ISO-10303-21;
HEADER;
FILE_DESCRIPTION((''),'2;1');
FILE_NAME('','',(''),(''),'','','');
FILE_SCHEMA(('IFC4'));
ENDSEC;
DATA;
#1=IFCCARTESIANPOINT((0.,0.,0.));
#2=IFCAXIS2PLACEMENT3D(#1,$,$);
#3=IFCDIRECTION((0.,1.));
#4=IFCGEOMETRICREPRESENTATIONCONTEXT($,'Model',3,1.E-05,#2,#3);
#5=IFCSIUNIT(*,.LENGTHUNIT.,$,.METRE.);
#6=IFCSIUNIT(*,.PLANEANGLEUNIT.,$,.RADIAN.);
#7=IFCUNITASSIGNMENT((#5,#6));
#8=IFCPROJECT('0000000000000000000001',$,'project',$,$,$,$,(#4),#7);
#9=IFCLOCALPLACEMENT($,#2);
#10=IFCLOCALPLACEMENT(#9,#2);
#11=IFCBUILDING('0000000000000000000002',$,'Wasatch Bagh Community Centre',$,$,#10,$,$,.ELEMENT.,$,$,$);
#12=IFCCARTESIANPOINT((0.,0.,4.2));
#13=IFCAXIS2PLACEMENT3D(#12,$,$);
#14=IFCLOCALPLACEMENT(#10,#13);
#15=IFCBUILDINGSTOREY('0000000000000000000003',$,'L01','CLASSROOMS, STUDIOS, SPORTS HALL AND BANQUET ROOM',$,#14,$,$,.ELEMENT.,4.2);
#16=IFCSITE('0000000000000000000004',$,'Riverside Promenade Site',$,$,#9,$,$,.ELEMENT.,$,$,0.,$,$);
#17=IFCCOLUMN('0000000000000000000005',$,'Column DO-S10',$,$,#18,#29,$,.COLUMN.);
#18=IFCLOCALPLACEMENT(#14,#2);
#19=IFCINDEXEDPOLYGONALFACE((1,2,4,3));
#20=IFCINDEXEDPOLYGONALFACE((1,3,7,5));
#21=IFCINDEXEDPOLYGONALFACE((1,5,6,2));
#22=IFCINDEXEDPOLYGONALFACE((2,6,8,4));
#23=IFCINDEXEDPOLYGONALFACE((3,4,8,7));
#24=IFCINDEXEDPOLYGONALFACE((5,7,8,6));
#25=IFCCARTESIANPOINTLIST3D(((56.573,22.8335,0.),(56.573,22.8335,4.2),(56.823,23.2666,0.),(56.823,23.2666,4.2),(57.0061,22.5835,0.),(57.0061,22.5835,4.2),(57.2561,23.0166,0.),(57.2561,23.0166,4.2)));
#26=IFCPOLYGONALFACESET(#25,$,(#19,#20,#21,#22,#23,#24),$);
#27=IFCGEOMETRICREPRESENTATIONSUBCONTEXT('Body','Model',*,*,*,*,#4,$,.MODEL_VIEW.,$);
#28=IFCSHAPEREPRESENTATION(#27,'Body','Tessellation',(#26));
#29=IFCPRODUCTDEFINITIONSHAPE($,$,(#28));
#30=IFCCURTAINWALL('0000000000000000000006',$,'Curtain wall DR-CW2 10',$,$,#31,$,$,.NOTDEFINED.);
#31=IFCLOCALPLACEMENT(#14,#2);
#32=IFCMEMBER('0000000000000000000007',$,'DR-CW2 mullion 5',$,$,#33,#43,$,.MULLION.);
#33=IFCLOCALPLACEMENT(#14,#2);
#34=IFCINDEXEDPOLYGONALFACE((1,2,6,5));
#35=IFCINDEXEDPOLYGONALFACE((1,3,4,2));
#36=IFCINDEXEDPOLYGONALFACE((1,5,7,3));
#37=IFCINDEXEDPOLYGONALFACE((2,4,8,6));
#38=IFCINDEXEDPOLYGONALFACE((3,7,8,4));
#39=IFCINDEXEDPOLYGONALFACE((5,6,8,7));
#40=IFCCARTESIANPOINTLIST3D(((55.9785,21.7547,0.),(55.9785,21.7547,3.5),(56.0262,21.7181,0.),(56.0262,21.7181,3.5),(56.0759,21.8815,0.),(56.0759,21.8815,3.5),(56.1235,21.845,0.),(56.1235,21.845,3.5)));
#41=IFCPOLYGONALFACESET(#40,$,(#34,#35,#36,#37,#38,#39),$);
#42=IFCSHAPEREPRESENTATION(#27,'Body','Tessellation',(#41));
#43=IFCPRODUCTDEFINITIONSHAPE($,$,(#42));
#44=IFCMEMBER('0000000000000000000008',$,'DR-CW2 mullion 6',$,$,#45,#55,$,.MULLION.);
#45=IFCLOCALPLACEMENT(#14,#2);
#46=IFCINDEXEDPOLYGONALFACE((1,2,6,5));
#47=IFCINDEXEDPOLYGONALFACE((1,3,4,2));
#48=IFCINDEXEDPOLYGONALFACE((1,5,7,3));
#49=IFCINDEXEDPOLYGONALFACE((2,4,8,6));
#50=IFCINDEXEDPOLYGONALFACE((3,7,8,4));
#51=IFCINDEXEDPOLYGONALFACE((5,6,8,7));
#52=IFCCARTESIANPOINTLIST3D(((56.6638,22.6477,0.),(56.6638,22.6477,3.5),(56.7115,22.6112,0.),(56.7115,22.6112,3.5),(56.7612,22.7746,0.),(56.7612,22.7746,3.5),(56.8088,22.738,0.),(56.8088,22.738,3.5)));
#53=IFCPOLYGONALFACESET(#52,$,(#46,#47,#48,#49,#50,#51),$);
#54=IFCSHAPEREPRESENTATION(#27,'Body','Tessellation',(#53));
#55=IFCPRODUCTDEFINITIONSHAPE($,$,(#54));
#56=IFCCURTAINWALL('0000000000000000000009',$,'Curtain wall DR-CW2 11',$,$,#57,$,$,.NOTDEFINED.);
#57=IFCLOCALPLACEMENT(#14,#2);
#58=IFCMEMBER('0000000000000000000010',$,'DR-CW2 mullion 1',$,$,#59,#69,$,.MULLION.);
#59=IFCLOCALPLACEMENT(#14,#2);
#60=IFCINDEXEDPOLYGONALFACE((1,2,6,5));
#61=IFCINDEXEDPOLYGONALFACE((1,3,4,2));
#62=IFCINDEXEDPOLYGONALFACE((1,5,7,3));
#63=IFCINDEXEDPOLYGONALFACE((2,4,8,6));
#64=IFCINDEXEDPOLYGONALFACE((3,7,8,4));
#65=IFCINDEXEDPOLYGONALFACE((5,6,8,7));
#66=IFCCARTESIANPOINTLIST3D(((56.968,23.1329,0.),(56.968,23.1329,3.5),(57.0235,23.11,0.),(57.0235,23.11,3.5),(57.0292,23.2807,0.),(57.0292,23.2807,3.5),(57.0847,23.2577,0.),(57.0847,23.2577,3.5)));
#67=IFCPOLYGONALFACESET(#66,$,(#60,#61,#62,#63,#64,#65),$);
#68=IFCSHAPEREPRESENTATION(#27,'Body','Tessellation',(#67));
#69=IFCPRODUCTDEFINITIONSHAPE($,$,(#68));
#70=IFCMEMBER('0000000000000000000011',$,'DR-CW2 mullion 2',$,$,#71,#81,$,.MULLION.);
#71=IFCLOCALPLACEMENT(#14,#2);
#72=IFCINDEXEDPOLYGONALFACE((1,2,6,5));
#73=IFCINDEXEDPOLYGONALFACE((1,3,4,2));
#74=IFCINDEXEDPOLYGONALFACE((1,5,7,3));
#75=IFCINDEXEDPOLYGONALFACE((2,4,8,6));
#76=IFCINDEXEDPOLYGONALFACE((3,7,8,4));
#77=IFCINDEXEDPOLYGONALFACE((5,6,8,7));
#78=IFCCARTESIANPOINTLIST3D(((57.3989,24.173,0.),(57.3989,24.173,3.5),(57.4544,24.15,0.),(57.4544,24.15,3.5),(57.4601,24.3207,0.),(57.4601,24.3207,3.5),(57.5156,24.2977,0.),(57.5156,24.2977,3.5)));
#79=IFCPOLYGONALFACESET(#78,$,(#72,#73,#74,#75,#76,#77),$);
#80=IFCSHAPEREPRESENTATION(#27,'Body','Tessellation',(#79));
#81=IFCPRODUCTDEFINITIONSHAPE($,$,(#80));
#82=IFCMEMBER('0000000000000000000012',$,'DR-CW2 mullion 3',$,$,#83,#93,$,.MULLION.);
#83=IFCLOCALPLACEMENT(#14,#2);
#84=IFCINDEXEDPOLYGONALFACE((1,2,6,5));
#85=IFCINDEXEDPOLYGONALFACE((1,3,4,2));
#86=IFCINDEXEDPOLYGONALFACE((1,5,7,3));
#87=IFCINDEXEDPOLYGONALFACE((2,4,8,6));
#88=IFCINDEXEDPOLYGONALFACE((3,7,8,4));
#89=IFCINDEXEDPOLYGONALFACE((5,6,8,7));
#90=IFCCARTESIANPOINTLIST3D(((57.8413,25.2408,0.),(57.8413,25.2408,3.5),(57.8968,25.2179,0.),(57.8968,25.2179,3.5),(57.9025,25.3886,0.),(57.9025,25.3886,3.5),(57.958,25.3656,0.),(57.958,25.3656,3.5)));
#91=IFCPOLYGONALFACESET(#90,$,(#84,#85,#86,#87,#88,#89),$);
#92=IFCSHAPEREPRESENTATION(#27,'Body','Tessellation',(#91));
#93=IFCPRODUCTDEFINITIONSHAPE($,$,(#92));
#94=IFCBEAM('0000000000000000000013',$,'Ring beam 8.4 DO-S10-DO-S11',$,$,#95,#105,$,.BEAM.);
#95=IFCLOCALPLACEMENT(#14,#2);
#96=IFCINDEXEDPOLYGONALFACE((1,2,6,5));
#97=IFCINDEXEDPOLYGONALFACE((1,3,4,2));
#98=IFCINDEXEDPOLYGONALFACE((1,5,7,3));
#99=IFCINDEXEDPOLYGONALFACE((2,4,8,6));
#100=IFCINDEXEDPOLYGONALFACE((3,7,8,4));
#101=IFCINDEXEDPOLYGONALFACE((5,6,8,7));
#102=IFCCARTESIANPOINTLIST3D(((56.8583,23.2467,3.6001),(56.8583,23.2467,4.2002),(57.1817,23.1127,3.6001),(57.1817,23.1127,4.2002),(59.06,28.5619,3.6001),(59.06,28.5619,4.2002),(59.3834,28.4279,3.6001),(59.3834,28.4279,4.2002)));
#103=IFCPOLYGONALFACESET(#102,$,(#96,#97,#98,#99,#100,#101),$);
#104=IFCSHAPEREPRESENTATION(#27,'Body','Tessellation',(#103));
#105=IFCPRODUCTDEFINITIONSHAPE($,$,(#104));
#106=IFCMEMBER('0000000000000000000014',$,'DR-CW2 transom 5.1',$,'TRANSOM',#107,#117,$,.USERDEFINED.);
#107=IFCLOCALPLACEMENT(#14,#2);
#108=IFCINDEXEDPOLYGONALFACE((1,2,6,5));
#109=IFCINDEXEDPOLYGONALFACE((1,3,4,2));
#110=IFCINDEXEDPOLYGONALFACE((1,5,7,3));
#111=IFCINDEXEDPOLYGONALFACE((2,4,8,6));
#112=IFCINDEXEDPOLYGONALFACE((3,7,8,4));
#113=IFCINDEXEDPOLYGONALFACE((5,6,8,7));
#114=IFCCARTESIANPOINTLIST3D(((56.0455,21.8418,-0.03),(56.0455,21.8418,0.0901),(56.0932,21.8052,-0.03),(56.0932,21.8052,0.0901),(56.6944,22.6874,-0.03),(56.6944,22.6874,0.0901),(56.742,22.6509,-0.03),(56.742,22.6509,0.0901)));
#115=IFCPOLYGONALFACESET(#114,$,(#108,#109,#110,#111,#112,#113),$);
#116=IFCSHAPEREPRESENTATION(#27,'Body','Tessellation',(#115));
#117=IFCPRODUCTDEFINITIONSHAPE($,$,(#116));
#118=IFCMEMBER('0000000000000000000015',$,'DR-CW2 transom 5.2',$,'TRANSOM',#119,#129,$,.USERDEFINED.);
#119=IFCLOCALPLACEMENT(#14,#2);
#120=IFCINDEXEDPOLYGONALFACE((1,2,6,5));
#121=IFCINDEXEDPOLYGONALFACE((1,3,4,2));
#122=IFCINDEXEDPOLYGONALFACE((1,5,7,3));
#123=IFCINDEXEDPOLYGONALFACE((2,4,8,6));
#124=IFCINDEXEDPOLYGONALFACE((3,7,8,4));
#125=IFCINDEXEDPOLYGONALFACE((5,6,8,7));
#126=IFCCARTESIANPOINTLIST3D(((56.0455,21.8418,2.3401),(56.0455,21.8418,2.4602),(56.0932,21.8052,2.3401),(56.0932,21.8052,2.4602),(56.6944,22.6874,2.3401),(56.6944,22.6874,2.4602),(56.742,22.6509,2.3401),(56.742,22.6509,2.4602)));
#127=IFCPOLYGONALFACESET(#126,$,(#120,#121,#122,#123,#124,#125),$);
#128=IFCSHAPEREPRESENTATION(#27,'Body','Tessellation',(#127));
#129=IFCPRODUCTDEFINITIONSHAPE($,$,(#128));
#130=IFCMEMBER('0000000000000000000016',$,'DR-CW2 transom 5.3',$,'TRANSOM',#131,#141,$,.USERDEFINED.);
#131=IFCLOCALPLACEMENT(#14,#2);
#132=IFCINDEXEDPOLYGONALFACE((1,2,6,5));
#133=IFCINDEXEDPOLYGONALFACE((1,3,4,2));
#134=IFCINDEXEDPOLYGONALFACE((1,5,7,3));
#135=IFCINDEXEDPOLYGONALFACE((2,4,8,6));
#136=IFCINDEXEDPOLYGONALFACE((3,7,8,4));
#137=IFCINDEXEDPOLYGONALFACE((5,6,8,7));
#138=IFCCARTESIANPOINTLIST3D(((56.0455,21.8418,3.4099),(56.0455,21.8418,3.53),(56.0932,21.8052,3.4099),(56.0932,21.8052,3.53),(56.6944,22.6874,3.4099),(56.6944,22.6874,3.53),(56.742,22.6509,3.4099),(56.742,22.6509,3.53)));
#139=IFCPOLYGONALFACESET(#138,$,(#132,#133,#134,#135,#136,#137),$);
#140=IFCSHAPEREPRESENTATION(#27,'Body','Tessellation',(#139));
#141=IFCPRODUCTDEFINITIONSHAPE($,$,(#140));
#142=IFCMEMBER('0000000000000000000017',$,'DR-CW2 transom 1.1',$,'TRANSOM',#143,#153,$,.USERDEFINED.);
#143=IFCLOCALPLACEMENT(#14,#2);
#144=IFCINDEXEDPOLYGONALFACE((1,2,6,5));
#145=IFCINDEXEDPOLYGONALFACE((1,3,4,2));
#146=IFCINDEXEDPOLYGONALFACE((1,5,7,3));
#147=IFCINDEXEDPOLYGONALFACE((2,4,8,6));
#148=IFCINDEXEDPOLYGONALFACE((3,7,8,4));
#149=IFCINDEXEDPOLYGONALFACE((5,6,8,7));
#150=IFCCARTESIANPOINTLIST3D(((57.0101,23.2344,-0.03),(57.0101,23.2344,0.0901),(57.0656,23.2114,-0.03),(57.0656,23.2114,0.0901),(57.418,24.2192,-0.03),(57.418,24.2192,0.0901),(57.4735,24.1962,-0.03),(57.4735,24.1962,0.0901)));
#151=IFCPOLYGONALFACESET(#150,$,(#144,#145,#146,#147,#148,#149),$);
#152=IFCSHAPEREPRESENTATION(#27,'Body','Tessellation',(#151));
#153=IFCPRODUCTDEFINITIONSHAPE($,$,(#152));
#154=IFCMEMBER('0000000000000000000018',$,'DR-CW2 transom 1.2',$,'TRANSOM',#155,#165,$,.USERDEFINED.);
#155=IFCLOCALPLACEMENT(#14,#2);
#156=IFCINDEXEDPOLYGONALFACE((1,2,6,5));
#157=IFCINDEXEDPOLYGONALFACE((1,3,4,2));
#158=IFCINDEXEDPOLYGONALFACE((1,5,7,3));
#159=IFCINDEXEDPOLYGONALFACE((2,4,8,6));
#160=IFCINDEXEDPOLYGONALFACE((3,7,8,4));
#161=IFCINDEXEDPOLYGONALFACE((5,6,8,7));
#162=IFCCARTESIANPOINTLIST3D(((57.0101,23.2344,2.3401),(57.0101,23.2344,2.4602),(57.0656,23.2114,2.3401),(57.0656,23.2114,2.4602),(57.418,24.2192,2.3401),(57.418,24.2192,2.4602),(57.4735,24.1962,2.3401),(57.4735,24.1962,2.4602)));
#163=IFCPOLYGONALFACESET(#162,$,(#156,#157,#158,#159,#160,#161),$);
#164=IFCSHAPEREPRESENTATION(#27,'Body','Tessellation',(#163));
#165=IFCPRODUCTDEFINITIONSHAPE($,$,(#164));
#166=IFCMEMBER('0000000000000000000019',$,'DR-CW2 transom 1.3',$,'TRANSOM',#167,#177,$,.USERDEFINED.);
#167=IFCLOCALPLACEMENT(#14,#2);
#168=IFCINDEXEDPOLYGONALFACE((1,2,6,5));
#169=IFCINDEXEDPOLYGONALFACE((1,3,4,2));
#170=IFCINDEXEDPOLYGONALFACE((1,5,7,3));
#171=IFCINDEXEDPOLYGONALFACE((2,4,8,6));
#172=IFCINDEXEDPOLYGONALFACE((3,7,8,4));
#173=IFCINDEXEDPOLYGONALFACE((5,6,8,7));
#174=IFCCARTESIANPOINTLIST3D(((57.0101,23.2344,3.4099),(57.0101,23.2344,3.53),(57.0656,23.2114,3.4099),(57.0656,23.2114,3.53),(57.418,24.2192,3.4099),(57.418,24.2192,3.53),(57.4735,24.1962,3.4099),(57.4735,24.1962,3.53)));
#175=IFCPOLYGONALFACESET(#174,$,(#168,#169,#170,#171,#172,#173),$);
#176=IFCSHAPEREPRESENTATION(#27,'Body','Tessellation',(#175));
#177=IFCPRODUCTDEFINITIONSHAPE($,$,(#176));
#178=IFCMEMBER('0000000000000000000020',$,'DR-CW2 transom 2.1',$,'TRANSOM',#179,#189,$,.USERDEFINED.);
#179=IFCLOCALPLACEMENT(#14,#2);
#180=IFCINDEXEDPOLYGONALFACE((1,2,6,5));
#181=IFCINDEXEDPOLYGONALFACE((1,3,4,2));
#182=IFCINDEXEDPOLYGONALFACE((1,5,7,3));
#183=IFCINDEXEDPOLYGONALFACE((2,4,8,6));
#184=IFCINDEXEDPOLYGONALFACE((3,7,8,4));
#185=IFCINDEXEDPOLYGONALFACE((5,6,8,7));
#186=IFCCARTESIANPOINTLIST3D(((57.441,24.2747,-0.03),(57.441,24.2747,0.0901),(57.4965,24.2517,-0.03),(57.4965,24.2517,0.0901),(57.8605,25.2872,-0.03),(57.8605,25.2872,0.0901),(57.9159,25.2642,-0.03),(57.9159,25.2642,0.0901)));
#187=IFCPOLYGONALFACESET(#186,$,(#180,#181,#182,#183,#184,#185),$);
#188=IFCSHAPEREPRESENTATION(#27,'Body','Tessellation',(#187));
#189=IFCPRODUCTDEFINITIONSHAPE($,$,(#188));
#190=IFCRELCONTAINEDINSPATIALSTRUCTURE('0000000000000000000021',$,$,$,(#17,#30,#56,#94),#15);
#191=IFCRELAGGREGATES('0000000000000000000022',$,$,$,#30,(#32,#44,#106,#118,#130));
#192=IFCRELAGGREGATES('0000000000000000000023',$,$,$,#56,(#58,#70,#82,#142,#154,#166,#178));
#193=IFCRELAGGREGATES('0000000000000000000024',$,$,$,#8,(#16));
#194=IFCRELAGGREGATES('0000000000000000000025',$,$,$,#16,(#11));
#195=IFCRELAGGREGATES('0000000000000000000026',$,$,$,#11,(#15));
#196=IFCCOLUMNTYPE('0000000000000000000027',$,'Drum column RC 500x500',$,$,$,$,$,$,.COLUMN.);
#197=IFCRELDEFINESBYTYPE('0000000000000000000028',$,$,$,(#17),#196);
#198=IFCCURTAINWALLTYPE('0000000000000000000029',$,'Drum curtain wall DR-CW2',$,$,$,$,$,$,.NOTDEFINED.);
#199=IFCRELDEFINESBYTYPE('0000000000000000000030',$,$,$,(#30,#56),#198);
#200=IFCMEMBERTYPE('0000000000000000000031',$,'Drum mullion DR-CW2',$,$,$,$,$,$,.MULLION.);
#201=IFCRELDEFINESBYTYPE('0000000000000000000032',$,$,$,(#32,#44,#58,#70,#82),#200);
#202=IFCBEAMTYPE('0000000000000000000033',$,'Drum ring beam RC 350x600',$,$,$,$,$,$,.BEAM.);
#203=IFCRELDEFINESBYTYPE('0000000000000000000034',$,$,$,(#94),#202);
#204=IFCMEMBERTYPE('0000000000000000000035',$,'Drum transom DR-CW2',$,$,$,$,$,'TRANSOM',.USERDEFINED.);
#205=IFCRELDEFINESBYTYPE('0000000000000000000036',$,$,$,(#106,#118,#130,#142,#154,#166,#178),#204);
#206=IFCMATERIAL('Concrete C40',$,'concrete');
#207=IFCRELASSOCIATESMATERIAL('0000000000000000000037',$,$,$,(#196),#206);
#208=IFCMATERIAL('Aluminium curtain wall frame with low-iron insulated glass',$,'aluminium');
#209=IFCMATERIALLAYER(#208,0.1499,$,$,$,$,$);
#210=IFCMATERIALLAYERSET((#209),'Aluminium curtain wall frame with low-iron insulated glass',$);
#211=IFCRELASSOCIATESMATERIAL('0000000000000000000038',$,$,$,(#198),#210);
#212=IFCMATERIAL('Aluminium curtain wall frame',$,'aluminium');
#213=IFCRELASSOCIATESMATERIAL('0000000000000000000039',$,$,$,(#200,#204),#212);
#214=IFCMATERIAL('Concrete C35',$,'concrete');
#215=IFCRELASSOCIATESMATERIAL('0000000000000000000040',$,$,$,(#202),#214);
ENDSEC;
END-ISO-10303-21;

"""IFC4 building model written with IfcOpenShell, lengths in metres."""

from ifc_helpers import new_model, si_unit, direction, frame, origin, origin_2d, place, context, subcontext, project, spatial, rectangle, extrude, material, layer, layer_set, material_profile, profile_set, type_object, element, aggregate, save


model = new_model("IFC4")

# Units and contexts
model_context = context("Model", 3, precision=1e-05, world=origin(), true_north=direction((0.0, 1.0)))
body_context = subcontext(model_context, "Body", "Model", "MODEL_VIEW")
ifc_project = project(units=[si_unit("LENGTHUNIT", "METRE"), si_unit("PLANEANGLEUNIT", "RADIAN")], contexts=[model_context])

# Site, building, storey
site_placement = place(None, origin())
site = spatial("IfcSite", under=ifc_project, at=site_placement, Name="Riverside Promenade Site", CompositionType="ELEMENT", RefElevation=0.0)
building_placement = place(site_placement, origin())
building = spatial("IfcBuilding", under=site, at=building_placement, Name="Wasatch Bagh Community Centre", CompositionType="ELEMENT")
storey_placement = place(building_placement, frame((0.0, 0.0, 4.2)))
storey = spatial("IfcBuildingStorey", under=building, at=storey_placement, Name="L01", Description="CLASSROOMS, STUDIOS, SPORTS HALL AND BANQUET ROOM", CompositionType="ELEMENT", Elevation=4.2)

# Column
ifc_material_1 = material(Name="Concrete C40", Category="concrete")
ifc_material_profile_1 = material_profile(ifc_material_1, rectangle(XDim=0.5, YDim=0.5, at=origin_2d()), Name="RC 500x500")
ifc_profile_set_1 = profile_set([ifc_material_profile_1], Name="Concrete C40")
column_type = type_object("IfcColumnType", Name="Drum column RC 500x500", PredefinedType="COLUMN", material=ifc_profile_set_1)
column_placement = place(storey_placement, frame((56.9146, 22.925, 0.0), z_axis=(0.0, 0.0, 1.0), x_axis=(0.5, 0.866025, 0.0)))
element("IfcColumn", 1, at=column_placement, inside=storey, type_object=column_type, Name="Column DO-S10", PredefinedType="COLUMN", context=body_context, shape_type="SweptSolid", body=[
    extrude(rectangle(XDim=0.5, YDim=0.5, at=origin_2d()), origin(), (0.0, 0.0, 1.0), 4.2),
])

# Curtain walls, members
ifc_material_2 = material(Name="Aluminium curtain wall frame with low-iron insulated glass", Category="aluminium")
ifc_layer_1 = layer(ifc_material_2, 0.1499)
ifc_layer_set_1 = layer_set([ifc_layer_1], Name="Aluminium curtain wall frame with low-iron insulated glass")
curtain_wall_type = type_object("IfcCurtainWallType", Name="Drum curtain wall DR-CW2", PredefinedType="NOTDEFINED", material=ifc_layer_set_1)
curtain_wall_1_placement = place(storey_placement, origin())
curtain_wall_1 = element("IfcCurtainWall", 2, at=curtain_wall_1_placement, inside=storey, type_object=curtain_wall_type, Name="Curtain wall DR-CW2 10", PredefinedType="NOTDEFINED")
ifc_material_3 = material(Name="Aluminium curtain wall frame", Category="aluminium")
ifc_material_profile_2 = material_profile(ifc_material_3, rectangle(XDim=0.0601, YDim=0.1599, at=origin_2d()), Name="Drum mullion DR-CW2")
ifc_profile_set_2 = profile_set([ifc_material_profile_2], Name="Aluminium curtain wall frame")
member_type_1 = type_object("IfcMemberType", Name="Drum mullion DR-CW2", PredefinedType="MULLION", material=ifc_profile_set_2)
member_1_placement = place(storey_placement, frame((56.051, 21.7998, 0.0), z_axis=(0.0, 0.0, 1.0), x_axis=(-0.793353, 0.608761, 0.0)))
member_1 = element("IfcMember", 3, at=member_1_placement, type_object=member_type_1, Name="DR-CW2 mullion 5", PredefinedType="MULLION", context=body_context, shape_type="SweptSolid", body=[
    extrude(rectangle(XDim=0.0601, YDim=0.1599, at=origin_2d()), origin(), (0.0, 0.0, 1.0), 3.5),
])
member_2_placement = place(storey_placement, frame((56.7363, 22.6929, 0.0), z_axis=(0.0, 0.0, 1.0), x_axis=(-0.793353, 0.608761, 0.0)))
member_2 = element("IfcMember", 4, at=member_2_placement, type_object=member_type_1, Name="DR-CW2 mullion 6", PredefinedType="MULLION", context=body_context, shape_type="SweptSolid", body=[
    extrude(rectangle(XDim=0.0601, YDim=0.1599, at=origin_2d()), origin(), (0.0, 0.0, 1.0), 3.5),
])
curtain_wall_2_placement = place(storey_placement, origin())
curtain_wall_2 = element("IfcCurtainWall", 5, at=curtain_wall_2_placement, inside=storey, type_object=curtain_wall_type, Name="Curtain wall DR-CW2 11", PredefinedType="NOTDEFINED")
member_3_placement = place(storey_placement, frame((57.0264, 23.1953, 0.0), z_axis=(0.0, 0.0, 1.0), x_axis=(-0.92388, 0.382683, 0.0)))
member_3 = element("IfcMember", 6, at=member_3_placement, type_object=member_type_1, Name="DR-CW2 mullion 1", PredefinedType="MULLION", context=body_context, shape_type="SweptSolid", body=[
    extrude(rectangle(XDim=0.0601, YDim=0.1599, at=origin_2d()), origin(), (0.0, 0.0, 1.0), 3.5),
])
member_4_placement = place(storey_placement, frame((57.4573, 24.2354, 0.0), z_axis=(0.0, 0.0, 1.0), x_axis=(-0.92388, 0.382683, 0.0)))
member_4 = element("IfcMember", 7, at=member_4_placement, type_object=member_type_1, Name="DR-CW2 mullion 2", PredefinedType="MULLION", context=body_context, shape_type="SweptSolid", body=[
    extrude(rectangle(XDim=0.0601, YDim=0.1599, at=origin_2d()), origin(), (0.0, 0.0, 1.0), 3.5),
])
member_5_placement = place(storey_placement, frame((57.8997, 25.3032, 0.0), z_axis=(0.0, 0.0, 1.0), x_axis=(-0.92388, 0.382683, 0.0)))
member_5 = element("IfcMember", 8, at=member_5_placement, type_object=member_type_1, Name="DR-CW2 mullion 3", PredefinedType="MULLION", context=body_context, shape_type="SweptSolid", body=[
    extrude(rectangle(XDim=0.0601, YDim=0.1599, at=origin_2d()), origin(), (0.0, 0.0, 1.0), 3.5),
])

# Beam
ifc_material_4 = material(Name="Concrete C35", Category="concrete")
ifc_material_profile_3 = material_profile(ifc_material_4, rectangle(XDim=0.3501, YDim=0.6001, at=origin_2d()), Name="RC 350x600")
ifc_profile_set_3 = profile_set([ifc_material_profile_3], Name="Concrete C35")
beam_type = type_object("IfcBeamType", Name="Drum ring beam RC 350x600", PredefinedType="BEAM", material=ifc_profile_set_3)
beam_placement = place(storey_placement, frame((57.02, 23.1797, 3.9001), z_axis=(0.382689, 0.923877, 0.0), x_axis=(-0.923877, 0.382689, 0.0)))
element("IfcBeam", 9, at=beam_placement, inside=storey, type_object=beam_type, Name="Ring beam 8.4 DO-S10-DO-S11", PredefinedType="BEAM", context=body_context, shape_type="SweptSolid", body=[
    extrude(rectangle(XDim=0.3501, YDim=0.6001, at=origin_2d()), origin(), (0.0, 0.0, 1.0), 5.7532),
])

# Members
ifc_material_profile_4 = material_profile(ifc_material_3, rectangle(XDim=0.0601, YDim=0.1201, at=origin_2d()), Name="Drum transom DR-CW2")
ifc_profile_set_4 = profile_set([ifc_material_profile_4], Name="Aluminium curtain wall frame")
member_type_2 = type_object("IfcMemberType", Name="Drum transom DR-CW2", ElementType="TRANSOM", PredefinedType="USERDEFINED", material=ifc_profile_set_4)
member_6_placement = place(storey_placement, frame((56.0693, 21.8235, 0.03), z_axis=(0.608758, 0.793356, 0.0), x_axis=(-0.793356, 0.608758, 0.0)))
member_6 = element("IfcMember", 10, at=member_6_placement, type_object=member_type_2, Name="DR-CW2 transom 5.1", ObjectType="TRANSOM", PredefinedType="USERDEFINED", context=body_context, shape_type="SweptSolid", body=[
    extrude(rectangle(XDim=0.0601, YDim=0.1201, at=origin_2d()), origin(), (0.0, 0.0, 1.0), 1.0659),
])
member_7_placement = place(storey_placement, frame((56.0693, 21.8235, 2.4001), z_axis=(0.608758, 0.793356, 0.0), x_axis=(-0.793356, 0.608758, 0.0)))
member_7 = element("IfcMember", 11, at=member_7_placement, type_object=member_type_2, Name="DR-CW2 transom 5.2", ObjectType="TRANSOM", PredefinedType="USERDEFINED", context=body_context, shape_type="SweptSolid", body=[
    extrude(rectangle(XDim=0.0601, YDim=0.1201, at=origin_2d()), origin(), (0.0, 0.0, 1.0), 1.0659),
])
member_8_placement = place(storey_placement, frame((56.0693, 21.8235, 3.47), z_axis=(0.608758, 0.793356, 0.0), x_axis=(-0.793356, 0.608758, 0.0)))
member_8 = element("IfcMember", 12, at=member_8_placement, type_object=member_type_2, Name="DR-CW2 transom 5.3", ObjectType="TRANSOM", PredefinedType="USERDEFINED", context=body_context, shape_type="SweptSolid", body=[
    extrude(rectangle(XDim=0.0601, YDim=0.1201, at=origin_2d()), origin(), (0.0, 0.0, 1.0), 1.0659),
])
member_9_placement = place(storey_placement, frame((57.0378, 23.2229, 0.03), z_axis=(0.382696, 0.923874, 0.0), x_axis=(-0.923874, 0.382696, 0.0)))
member_9 = element("IfcMember", 13, at=member_9_placement, type_object=member_type_2, Name="DR-CW2 transom 1.1", ObjectType="TRANSOM", PredefinedType="USERDEFINED", context=body_context, shape_type="SweptSolid", body=[
    extrude(rectangle(XDim=0.0601, YDim=0.1201, at=origin_2d()), origin(), (0.0, 0.0, 1.0), 1.0659),
])
member_10_placement = place(storey_placement, frame((57.0378, 23.2229, 2.4001), z_axis=(0.382696, 0.923874, 0.0), x_axis=(-0.923874, 0.382696, 0.0)))
member_10 = element("IfcMember", 14, at=member_10_placement, type_object=member_type_2, Name="DR-CW2 transom 1.2", ObjectType="TRANSOM", PredefinedType="USERDEFINED", context=body_context, shape_type="SweptSolid", body=[
    extrude(rectangle(XDim=0.0601, YDim=0.1201, at=origin_2d()), origin(), (0.0, 0.0, 1.0), 1.0659),
])
member_11_placement = place(storey_placement, frame((57.0378, 23.2229, 3.47), z_axis=(0.382696, 0.923874, 0.0), x_axis=(-0.923874, 0.382696, 0.0)))
member_11 = element("IfcMember", 15, at=member_11_placement, type_object=member_type_2, Name="DR-CW2 transom 1.3", ObjectType="TRANSOM", PredefinedType="USERDEFINED", context=body_context, shape_type="SweptSolid", body=[
    extrude(rectangle(XDim=0.0601, YDim=0.1201, at=origin_2d()), origin(), (0.0, 0.0, 1.0), 1.0659),
])
member_12_placement = place(storey_placement, frame((57.4688, 24.2632, 0.03), z_axis=(0.382732, 0.923859, 0.0), x_axis=(-0.923859, 0.382732, 0.0)))
member_12 = element("IfcMember", 16, at=member_12_placement, type_object=member_type_2, Name="DR-CW2 transom 2.1", ObjectType="TRANSOM", PredefinedType="USERDEFINED", context=body_context, shape_type="SweptSolid", body=[
    extrude(rectangle(XDim=0.0601, YDim=0.1201, at=origin_2d()), origin(), (0.0, 0.0, 1.0), 1.0959),
])

aggregate(curtain_wall_1, [member_1, member_2, member_6, member_7, member_8])
aggregate(curtain_wall_2, [member_3, member_4, member_5, member_9, member_10, member_11, member_12])

save(model, "model.ifc")
